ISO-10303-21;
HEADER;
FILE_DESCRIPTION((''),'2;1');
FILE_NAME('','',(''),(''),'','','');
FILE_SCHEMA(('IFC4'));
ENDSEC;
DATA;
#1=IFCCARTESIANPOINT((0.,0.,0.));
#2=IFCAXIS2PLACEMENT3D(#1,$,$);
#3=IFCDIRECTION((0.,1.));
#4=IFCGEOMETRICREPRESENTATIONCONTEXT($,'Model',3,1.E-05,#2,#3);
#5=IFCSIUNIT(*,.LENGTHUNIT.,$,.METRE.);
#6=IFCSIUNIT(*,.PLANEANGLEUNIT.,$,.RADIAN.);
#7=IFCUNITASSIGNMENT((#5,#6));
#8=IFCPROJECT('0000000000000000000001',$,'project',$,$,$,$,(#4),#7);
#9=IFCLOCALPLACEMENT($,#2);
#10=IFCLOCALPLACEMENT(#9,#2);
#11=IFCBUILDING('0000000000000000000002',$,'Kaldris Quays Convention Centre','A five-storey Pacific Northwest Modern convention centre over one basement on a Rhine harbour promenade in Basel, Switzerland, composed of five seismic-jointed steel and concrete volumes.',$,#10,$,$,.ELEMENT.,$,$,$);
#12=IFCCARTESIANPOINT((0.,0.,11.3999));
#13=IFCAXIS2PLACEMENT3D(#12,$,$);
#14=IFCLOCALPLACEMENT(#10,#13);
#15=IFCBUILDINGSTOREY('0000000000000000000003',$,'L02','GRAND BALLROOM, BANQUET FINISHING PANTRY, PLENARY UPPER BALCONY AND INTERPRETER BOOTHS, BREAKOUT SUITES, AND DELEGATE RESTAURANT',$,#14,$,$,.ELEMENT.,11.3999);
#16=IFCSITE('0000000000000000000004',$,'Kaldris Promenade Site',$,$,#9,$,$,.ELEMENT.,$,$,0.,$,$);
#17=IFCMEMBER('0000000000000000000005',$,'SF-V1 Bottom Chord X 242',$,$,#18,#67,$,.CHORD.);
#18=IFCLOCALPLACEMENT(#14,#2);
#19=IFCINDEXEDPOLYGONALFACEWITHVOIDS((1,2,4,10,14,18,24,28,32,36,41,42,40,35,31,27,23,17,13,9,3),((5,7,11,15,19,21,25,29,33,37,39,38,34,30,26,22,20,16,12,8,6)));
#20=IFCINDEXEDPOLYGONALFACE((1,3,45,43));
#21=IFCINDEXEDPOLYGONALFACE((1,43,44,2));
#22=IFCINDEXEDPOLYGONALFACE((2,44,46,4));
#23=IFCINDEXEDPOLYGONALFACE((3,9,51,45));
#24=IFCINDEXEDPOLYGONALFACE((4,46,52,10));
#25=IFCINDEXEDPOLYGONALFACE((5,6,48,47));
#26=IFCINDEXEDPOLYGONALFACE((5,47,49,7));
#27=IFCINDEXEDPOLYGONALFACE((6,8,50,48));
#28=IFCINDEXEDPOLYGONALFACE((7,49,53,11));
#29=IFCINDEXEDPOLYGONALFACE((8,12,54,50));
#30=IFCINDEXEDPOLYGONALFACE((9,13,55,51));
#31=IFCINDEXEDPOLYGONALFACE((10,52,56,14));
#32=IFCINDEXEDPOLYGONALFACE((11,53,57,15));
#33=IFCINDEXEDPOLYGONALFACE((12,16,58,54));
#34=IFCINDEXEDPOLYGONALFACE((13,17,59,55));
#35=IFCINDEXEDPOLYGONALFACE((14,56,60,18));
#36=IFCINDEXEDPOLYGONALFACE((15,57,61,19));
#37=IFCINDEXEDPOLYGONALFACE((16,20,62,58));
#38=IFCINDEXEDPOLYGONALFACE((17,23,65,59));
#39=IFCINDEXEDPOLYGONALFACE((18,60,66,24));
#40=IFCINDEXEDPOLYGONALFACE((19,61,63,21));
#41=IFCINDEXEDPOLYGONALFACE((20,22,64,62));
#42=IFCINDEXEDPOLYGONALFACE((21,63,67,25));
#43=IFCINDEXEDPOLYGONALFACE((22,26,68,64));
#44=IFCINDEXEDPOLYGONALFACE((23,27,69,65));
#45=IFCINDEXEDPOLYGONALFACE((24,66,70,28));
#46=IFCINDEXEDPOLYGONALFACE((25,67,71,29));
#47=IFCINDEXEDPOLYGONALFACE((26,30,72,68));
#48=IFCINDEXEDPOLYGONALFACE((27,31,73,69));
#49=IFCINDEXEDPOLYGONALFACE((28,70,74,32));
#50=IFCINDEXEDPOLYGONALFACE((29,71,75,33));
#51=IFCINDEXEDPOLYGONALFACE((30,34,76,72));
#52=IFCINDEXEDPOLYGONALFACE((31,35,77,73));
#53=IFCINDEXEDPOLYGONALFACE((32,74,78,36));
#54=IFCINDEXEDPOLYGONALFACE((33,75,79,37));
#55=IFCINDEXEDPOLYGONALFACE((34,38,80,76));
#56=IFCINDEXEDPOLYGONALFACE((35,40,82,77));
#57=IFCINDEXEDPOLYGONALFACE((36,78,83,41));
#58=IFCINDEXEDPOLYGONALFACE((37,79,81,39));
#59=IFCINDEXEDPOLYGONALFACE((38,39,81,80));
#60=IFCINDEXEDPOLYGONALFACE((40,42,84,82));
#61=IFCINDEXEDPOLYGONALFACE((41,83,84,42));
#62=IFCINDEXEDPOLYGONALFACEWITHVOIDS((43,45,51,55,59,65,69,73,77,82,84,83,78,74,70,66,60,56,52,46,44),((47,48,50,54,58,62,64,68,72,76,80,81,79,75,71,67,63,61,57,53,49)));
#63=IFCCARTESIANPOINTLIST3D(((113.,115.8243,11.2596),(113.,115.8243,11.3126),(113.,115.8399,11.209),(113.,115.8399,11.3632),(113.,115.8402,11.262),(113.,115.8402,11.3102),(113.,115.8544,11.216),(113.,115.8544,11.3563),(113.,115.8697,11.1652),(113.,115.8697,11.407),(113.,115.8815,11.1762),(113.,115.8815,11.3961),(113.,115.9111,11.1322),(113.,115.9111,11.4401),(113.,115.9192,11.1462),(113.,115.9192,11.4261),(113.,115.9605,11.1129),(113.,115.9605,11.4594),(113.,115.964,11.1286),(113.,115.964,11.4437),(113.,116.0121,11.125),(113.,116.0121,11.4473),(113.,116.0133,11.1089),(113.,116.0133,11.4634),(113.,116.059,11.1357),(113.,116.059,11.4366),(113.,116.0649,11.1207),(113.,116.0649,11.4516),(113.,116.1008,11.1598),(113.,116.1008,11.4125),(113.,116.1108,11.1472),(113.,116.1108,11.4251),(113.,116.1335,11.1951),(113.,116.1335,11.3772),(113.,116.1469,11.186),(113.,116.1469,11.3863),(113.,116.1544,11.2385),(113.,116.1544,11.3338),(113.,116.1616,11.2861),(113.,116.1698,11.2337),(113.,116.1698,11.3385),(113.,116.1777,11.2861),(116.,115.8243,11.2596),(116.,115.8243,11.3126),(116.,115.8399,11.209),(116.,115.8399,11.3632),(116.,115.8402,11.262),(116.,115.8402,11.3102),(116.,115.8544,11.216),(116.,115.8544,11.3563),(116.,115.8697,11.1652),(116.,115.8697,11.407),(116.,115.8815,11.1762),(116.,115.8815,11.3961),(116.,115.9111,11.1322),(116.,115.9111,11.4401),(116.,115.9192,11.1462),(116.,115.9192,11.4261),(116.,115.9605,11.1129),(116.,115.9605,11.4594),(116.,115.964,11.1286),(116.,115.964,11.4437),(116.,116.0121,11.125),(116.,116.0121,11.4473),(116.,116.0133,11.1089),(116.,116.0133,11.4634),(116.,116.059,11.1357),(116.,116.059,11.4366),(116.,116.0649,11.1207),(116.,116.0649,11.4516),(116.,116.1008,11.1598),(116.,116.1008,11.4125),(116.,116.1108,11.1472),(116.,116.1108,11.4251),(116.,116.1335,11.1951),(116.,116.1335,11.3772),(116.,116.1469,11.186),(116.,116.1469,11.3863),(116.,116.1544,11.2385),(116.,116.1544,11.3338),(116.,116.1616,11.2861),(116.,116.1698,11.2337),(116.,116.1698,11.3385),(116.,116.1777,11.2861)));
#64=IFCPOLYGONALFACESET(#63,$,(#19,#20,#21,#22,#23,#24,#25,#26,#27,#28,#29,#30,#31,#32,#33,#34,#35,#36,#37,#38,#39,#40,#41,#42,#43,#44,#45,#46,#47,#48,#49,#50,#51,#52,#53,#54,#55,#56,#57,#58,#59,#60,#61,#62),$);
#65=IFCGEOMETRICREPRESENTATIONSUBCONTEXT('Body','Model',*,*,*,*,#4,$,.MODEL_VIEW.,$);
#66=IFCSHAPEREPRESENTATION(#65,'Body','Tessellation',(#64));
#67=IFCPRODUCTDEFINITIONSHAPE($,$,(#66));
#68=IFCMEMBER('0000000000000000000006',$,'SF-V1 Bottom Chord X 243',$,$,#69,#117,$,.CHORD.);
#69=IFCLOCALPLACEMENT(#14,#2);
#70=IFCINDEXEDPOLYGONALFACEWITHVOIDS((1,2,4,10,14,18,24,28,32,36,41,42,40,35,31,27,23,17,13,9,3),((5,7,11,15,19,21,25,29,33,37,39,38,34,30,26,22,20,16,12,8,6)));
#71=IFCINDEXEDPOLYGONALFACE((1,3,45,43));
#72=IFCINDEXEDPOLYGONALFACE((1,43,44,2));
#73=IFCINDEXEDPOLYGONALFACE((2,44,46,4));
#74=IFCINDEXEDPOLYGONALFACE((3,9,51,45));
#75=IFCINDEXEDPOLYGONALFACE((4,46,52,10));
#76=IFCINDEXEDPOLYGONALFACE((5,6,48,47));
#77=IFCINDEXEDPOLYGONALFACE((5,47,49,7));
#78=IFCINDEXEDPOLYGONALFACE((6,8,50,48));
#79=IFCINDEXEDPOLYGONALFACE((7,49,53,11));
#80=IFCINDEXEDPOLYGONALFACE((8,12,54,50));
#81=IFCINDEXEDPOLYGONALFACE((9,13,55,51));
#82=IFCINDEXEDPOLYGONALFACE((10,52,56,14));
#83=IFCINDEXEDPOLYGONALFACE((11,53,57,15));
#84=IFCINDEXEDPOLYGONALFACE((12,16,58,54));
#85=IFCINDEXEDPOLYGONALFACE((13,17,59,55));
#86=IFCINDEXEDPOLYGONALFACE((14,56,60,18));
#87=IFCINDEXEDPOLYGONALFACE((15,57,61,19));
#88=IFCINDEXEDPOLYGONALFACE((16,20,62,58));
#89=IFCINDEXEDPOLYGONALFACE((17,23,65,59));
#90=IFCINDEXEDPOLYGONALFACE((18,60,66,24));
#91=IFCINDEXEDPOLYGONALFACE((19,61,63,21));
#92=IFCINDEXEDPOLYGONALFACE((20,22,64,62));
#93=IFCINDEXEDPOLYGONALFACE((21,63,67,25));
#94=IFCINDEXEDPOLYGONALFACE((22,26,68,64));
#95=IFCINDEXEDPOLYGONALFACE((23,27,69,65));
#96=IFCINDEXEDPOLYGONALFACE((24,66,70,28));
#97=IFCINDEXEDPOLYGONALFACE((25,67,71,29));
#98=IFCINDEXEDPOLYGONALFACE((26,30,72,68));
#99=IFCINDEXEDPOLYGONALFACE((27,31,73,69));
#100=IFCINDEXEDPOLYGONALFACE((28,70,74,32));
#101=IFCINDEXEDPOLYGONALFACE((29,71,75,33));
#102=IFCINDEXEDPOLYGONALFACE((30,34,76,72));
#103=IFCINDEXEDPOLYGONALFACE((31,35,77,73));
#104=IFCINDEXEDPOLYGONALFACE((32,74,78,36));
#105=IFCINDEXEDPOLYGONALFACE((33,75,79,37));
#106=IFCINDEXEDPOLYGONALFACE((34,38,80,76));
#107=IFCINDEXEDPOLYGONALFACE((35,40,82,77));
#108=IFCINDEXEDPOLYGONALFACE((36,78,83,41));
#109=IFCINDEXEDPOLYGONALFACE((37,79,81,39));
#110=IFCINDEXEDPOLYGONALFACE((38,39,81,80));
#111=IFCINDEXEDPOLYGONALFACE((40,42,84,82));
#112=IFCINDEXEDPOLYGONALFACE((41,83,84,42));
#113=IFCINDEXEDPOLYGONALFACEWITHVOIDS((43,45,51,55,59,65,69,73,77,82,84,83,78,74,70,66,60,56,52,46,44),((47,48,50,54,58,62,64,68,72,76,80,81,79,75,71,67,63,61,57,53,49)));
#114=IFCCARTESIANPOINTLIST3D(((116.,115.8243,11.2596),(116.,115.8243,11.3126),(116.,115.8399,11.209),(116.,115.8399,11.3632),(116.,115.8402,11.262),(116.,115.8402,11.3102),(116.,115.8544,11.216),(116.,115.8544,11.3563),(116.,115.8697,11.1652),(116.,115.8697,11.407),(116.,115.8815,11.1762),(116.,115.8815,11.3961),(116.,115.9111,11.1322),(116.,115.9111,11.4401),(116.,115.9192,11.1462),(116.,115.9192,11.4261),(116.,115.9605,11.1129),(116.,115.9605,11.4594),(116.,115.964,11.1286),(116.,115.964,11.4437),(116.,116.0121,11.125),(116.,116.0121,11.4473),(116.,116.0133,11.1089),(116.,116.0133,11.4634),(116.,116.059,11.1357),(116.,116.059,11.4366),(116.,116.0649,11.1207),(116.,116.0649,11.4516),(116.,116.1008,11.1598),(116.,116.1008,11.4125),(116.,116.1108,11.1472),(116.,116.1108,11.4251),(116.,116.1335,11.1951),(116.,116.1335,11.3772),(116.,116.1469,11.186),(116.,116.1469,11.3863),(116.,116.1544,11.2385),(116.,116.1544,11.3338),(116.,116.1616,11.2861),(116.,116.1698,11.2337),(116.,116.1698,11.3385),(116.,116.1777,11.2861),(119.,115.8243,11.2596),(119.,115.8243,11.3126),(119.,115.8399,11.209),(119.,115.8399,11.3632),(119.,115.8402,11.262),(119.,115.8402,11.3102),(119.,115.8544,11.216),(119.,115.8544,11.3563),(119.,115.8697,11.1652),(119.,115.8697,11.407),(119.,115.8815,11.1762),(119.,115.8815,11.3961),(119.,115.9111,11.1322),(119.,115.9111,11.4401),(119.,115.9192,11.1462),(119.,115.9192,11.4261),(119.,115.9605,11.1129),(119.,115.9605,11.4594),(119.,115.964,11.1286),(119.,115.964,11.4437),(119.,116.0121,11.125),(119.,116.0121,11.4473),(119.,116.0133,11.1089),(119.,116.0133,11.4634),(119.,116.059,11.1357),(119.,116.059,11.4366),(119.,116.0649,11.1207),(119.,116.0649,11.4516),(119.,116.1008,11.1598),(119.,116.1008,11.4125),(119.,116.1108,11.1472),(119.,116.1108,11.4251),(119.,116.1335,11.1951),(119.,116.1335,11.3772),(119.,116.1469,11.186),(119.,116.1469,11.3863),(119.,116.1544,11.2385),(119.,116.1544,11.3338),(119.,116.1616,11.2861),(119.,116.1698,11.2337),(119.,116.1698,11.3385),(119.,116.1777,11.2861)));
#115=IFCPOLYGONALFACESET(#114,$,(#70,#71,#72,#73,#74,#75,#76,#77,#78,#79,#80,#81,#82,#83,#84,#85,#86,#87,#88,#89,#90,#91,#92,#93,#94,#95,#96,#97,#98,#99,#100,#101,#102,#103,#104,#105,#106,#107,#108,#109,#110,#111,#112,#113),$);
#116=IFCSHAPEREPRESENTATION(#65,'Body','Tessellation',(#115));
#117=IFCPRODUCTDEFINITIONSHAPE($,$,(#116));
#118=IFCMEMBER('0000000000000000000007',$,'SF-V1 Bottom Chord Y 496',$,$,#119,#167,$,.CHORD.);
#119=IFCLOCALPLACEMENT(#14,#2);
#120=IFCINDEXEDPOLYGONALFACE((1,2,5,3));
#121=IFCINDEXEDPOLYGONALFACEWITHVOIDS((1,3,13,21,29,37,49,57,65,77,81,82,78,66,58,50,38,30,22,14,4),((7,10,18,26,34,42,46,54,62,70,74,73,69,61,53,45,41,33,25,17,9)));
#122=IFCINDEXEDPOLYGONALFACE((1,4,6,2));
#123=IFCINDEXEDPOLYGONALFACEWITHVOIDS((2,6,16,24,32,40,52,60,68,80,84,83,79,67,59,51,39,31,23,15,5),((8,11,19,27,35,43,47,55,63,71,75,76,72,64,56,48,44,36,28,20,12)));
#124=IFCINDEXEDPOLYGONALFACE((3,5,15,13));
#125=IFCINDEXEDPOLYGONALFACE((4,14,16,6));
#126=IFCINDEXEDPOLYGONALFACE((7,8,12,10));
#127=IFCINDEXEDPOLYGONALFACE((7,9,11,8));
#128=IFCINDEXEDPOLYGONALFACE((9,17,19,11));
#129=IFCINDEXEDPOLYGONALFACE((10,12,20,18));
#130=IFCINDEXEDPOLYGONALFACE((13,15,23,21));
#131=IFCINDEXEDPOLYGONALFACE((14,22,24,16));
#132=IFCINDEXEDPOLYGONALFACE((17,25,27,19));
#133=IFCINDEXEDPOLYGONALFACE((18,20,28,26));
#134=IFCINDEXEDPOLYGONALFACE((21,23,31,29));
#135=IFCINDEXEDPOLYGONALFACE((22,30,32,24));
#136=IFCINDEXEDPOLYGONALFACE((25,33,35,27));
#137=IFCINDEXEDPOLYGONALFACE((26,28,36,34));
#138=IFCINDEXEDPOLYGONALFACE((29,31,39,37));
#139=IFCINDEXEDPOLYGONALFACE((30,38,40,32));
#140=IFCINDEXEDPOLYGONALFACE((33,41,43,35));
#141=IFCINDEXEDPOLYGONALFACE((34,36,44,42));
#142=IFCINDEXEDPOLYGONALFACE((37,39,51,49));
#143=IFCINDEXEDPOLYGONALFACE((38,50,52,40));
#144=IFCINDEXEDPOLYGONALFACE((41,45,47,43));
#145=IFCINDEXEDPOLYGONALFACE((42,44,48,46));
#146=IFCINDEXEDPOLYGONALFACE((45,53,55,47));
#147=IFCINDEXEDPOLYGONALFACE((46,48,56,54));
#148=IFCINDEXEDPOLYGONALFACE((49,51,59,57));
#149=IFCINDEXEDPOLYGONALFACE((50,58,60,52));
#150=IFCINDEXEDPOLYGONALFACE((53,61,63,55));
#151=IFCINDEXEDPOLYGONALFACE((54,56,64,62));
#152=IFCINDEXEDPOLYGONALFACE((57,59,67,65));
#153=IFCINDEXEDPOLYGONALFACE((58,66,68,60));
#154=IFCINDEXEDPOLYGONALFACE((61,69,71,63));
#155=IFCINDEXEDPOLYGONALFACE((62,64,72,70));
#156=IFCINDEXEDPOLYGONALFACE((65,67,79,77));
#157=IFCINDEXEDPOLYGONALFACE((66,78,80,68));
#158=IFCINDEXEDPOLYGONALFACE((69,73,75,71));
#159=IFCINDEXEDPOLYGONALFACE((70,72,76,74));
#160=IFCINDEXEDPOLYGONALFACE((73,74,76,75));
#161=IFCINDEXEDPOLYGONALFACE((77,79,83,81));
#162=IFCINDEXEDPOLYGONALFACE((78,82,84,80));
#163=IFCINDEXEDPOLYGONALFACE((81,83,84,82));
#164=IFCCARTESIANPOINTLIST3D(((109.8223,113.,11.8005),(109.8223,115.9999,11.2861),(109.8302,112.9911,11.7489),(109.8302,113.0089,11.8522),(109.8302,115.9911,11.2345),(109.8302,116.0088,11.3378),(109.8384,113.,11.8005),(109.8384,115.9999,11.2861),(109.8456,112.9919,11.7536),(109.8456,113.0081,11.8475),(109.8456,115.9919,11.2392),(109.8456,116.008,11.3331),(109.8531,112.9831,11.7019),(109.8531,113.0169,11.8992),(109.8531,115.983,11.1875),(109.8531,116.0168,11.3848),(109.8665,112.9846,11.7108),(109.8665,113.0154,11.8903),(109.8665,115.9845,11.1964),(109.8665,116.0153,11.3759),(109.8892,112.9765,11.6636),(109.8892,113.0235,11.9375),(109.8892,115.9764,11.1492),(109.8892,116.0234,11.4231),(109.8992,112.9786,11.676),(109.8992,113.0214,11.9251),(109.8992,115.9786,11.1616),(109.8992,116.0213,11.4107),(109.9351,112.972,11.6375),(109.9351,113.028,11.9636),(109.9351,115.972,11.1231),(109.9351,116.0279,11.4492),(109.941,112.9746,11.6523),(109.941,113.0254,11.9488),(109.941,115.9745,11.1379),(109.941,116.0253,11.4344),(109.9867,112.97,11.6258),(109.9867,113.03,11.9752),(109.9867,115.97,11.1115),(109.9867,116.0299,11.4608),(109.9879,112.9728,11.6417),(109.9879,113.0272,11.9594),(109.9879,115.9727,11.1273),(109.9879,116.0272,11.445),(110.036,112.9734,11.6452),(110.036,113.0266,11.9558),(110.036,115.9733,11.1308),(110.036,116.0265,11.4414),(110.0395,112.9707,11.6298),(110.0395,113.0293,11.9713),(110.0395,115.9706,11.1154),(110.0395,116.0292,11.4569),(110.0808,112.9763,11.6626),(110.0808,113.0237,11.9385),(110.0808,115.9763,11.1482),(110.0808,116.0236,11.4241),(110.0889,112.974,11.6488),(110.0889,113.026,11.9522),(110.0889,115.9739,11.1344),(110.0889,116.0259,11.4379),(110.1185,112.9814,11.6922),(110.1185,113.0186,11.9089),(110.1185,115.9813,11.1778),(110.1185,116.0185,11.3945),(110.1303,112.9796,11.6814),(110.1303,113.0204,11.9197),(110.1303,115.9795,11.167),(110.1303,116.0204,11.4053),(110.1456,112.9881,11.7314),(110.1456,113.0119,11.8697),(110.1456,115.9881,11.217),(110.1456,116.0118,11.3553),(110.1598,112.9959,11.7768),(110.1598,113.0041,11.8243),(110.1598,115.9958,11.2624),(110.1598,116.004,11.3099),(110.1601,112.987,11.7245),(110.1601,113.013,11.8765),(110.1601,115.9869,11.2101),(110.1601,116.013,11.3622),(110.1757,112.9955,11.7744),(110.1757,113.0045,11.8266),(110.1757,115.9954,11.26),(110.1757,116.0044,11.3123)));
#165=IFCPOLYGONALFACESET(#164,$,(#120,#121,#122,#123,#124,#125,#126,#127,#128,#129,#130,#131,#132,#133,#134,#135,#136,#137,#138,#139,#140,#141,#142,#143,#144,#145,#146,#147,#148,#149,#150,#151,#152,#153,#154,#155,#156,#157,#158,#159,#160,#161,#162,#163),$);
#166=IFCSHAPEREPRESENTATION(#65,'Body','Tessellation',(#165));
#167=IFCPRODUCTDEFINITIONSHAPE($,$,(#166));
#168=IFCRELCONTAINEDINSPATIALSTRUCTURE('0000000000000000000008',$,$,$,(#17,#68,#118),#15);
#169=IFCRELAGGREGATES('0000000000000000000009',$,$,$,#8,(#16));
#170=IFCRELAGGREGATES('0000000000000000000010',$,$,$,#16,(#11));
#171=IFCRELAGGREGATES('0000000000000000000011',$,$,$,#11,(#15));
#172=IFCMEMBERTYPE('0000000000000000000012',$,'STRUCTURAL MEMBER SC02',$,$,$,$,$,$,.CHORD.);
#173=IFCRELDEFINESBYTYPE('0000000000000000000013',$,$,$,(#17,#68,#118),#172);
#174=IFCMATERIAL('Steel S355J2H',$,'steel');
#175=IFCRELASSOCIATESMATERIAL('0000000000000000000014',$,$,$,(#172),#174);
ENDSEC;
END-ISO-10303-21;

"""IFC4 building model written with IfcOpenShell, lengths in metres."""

from ifc_helpers import new_model, si_unit, direction, frame, origin, origin_2d, place, context, subcontext, project, spatial, hollow_circle, extrude, material, material_profile, profile_set, type_object, element, save


model = new_model("IFC4")

# Units and contexts
model_context = context("Model", 3, precision=1e-05, world=origin(), true_north=direction((0.0, 1.0)))
body_context = subcontext(model_context, "Body", "Model", "MODEL_VIEW")
ifc_project = project(units=[si_unit("LENGTHUNIT", "METRE"), si_unit("PLANEANGLEUNIT", "RADIAN")], contexts=[model_context])

# Site, building, storey
site_placement = place(None, origin())
site = spatial("IfcSite", under=ifc_project, at=site_placement, Name="Kaldris Promenade Site", CompositionType="ELEMENT", RefElevation=0.0)
building_placement = place(site_placement, origin())
building = spatial("IfcBuilding", under=site, at=building_placement, Name="Kaldris Quays Convention Centre", Description="A five-storey Pacific Northwest Modern convention centre over one basement on a Rhine harbour promenade in Basel, Switzerland, composed of five seismic-jointed steel and concrete volumes.", CompositionType="ELEMENT")
storey_placement = place(building_placement, frame((0.0, 0.0, 11.3999)))
storey = spatial("IfcBuildingStorey", under=building, at=storey_placement, Name="L02", Description="GRAND BALLROOM, BANQUET FINISHING PANTRY, PLENARY UPPER BALCONY AND INTERPRETER BOOTHS, BREAKOUT SUITES, AND DELEGATE RESTAURANT", CompositionType="ELEMENT", Elevation=11.3999)

# Members
ifc_material_1 = material(Name="Steel S355J2H", Category="steel")
ifc_material_profile_1 = material_profile(ifc_material_1, hollow_circle(Radius=0.1777, WallThickness=0.0161, at=origin_2d()), Name="CHS 355.6x16")
ifc_profile_set_1 = profile_set([ifc_material_profile_1], Name="Steel S355J2H")
member_type_1 = type_object("IfcMemberType", Name="STRUCTURAL MEMBER SC02", PredefinedType="CHORD", material=ifc_profile_set_1)
for number, where, z_axis, x_axis, name in (
    (1, (113.0, 116.0, 11.2861), (1.0, 0.0, 0.0), (0.0, 1.0, 0.0), "SF-V1 Bottom Chord X 242"),
    (2, (116.0, 116.0, 11.2861), (1.0, 0.0, 0.0), (0.0, 1.0, 0.0), "SF-V1 Bottom Chord X 243"),
):
    element("IfcMember", number, at=place(storey_placement, frame(where, z_axis=z_axis, x_axis=x_axis)), inside=storey, type_object=member_type_1, Name=name, PredefinedType="CHORD", context=body_context, shape_type="SweptSolid", body=[
        extrude(hollow_circle(Radius=0.1777, WallThickness=0.0161, at=origin_2d()), origin(), (0.0, 0.0, 1.0), 3.0),
    ])
for number, where, z_axis, x_axis, name in (
    (3, (110.0, 113.0, 11.8005), (0.0, 0.985616, -0.169002), (-1.0, 0.0, 0.0), "SF-V1 Bottom Chord Y 496"),
):
    element("IfcMember", number, at=place(storey_placement, frame(where, z_axis=z_axis, x_axis=x_axis)), inside=storey, type_object=member_type_1, Name=name, PredefinedType="CHORD", context=body_context, shape_type="SweptSolid", body=[
        extrude(hollow_circle(Radius=0.1777, WallThickness=0.0161, at=origin_2d()), origin(), (0.0, 0.0, 1.0), 3.0437),
    ])

save(model, "model.ifc")
